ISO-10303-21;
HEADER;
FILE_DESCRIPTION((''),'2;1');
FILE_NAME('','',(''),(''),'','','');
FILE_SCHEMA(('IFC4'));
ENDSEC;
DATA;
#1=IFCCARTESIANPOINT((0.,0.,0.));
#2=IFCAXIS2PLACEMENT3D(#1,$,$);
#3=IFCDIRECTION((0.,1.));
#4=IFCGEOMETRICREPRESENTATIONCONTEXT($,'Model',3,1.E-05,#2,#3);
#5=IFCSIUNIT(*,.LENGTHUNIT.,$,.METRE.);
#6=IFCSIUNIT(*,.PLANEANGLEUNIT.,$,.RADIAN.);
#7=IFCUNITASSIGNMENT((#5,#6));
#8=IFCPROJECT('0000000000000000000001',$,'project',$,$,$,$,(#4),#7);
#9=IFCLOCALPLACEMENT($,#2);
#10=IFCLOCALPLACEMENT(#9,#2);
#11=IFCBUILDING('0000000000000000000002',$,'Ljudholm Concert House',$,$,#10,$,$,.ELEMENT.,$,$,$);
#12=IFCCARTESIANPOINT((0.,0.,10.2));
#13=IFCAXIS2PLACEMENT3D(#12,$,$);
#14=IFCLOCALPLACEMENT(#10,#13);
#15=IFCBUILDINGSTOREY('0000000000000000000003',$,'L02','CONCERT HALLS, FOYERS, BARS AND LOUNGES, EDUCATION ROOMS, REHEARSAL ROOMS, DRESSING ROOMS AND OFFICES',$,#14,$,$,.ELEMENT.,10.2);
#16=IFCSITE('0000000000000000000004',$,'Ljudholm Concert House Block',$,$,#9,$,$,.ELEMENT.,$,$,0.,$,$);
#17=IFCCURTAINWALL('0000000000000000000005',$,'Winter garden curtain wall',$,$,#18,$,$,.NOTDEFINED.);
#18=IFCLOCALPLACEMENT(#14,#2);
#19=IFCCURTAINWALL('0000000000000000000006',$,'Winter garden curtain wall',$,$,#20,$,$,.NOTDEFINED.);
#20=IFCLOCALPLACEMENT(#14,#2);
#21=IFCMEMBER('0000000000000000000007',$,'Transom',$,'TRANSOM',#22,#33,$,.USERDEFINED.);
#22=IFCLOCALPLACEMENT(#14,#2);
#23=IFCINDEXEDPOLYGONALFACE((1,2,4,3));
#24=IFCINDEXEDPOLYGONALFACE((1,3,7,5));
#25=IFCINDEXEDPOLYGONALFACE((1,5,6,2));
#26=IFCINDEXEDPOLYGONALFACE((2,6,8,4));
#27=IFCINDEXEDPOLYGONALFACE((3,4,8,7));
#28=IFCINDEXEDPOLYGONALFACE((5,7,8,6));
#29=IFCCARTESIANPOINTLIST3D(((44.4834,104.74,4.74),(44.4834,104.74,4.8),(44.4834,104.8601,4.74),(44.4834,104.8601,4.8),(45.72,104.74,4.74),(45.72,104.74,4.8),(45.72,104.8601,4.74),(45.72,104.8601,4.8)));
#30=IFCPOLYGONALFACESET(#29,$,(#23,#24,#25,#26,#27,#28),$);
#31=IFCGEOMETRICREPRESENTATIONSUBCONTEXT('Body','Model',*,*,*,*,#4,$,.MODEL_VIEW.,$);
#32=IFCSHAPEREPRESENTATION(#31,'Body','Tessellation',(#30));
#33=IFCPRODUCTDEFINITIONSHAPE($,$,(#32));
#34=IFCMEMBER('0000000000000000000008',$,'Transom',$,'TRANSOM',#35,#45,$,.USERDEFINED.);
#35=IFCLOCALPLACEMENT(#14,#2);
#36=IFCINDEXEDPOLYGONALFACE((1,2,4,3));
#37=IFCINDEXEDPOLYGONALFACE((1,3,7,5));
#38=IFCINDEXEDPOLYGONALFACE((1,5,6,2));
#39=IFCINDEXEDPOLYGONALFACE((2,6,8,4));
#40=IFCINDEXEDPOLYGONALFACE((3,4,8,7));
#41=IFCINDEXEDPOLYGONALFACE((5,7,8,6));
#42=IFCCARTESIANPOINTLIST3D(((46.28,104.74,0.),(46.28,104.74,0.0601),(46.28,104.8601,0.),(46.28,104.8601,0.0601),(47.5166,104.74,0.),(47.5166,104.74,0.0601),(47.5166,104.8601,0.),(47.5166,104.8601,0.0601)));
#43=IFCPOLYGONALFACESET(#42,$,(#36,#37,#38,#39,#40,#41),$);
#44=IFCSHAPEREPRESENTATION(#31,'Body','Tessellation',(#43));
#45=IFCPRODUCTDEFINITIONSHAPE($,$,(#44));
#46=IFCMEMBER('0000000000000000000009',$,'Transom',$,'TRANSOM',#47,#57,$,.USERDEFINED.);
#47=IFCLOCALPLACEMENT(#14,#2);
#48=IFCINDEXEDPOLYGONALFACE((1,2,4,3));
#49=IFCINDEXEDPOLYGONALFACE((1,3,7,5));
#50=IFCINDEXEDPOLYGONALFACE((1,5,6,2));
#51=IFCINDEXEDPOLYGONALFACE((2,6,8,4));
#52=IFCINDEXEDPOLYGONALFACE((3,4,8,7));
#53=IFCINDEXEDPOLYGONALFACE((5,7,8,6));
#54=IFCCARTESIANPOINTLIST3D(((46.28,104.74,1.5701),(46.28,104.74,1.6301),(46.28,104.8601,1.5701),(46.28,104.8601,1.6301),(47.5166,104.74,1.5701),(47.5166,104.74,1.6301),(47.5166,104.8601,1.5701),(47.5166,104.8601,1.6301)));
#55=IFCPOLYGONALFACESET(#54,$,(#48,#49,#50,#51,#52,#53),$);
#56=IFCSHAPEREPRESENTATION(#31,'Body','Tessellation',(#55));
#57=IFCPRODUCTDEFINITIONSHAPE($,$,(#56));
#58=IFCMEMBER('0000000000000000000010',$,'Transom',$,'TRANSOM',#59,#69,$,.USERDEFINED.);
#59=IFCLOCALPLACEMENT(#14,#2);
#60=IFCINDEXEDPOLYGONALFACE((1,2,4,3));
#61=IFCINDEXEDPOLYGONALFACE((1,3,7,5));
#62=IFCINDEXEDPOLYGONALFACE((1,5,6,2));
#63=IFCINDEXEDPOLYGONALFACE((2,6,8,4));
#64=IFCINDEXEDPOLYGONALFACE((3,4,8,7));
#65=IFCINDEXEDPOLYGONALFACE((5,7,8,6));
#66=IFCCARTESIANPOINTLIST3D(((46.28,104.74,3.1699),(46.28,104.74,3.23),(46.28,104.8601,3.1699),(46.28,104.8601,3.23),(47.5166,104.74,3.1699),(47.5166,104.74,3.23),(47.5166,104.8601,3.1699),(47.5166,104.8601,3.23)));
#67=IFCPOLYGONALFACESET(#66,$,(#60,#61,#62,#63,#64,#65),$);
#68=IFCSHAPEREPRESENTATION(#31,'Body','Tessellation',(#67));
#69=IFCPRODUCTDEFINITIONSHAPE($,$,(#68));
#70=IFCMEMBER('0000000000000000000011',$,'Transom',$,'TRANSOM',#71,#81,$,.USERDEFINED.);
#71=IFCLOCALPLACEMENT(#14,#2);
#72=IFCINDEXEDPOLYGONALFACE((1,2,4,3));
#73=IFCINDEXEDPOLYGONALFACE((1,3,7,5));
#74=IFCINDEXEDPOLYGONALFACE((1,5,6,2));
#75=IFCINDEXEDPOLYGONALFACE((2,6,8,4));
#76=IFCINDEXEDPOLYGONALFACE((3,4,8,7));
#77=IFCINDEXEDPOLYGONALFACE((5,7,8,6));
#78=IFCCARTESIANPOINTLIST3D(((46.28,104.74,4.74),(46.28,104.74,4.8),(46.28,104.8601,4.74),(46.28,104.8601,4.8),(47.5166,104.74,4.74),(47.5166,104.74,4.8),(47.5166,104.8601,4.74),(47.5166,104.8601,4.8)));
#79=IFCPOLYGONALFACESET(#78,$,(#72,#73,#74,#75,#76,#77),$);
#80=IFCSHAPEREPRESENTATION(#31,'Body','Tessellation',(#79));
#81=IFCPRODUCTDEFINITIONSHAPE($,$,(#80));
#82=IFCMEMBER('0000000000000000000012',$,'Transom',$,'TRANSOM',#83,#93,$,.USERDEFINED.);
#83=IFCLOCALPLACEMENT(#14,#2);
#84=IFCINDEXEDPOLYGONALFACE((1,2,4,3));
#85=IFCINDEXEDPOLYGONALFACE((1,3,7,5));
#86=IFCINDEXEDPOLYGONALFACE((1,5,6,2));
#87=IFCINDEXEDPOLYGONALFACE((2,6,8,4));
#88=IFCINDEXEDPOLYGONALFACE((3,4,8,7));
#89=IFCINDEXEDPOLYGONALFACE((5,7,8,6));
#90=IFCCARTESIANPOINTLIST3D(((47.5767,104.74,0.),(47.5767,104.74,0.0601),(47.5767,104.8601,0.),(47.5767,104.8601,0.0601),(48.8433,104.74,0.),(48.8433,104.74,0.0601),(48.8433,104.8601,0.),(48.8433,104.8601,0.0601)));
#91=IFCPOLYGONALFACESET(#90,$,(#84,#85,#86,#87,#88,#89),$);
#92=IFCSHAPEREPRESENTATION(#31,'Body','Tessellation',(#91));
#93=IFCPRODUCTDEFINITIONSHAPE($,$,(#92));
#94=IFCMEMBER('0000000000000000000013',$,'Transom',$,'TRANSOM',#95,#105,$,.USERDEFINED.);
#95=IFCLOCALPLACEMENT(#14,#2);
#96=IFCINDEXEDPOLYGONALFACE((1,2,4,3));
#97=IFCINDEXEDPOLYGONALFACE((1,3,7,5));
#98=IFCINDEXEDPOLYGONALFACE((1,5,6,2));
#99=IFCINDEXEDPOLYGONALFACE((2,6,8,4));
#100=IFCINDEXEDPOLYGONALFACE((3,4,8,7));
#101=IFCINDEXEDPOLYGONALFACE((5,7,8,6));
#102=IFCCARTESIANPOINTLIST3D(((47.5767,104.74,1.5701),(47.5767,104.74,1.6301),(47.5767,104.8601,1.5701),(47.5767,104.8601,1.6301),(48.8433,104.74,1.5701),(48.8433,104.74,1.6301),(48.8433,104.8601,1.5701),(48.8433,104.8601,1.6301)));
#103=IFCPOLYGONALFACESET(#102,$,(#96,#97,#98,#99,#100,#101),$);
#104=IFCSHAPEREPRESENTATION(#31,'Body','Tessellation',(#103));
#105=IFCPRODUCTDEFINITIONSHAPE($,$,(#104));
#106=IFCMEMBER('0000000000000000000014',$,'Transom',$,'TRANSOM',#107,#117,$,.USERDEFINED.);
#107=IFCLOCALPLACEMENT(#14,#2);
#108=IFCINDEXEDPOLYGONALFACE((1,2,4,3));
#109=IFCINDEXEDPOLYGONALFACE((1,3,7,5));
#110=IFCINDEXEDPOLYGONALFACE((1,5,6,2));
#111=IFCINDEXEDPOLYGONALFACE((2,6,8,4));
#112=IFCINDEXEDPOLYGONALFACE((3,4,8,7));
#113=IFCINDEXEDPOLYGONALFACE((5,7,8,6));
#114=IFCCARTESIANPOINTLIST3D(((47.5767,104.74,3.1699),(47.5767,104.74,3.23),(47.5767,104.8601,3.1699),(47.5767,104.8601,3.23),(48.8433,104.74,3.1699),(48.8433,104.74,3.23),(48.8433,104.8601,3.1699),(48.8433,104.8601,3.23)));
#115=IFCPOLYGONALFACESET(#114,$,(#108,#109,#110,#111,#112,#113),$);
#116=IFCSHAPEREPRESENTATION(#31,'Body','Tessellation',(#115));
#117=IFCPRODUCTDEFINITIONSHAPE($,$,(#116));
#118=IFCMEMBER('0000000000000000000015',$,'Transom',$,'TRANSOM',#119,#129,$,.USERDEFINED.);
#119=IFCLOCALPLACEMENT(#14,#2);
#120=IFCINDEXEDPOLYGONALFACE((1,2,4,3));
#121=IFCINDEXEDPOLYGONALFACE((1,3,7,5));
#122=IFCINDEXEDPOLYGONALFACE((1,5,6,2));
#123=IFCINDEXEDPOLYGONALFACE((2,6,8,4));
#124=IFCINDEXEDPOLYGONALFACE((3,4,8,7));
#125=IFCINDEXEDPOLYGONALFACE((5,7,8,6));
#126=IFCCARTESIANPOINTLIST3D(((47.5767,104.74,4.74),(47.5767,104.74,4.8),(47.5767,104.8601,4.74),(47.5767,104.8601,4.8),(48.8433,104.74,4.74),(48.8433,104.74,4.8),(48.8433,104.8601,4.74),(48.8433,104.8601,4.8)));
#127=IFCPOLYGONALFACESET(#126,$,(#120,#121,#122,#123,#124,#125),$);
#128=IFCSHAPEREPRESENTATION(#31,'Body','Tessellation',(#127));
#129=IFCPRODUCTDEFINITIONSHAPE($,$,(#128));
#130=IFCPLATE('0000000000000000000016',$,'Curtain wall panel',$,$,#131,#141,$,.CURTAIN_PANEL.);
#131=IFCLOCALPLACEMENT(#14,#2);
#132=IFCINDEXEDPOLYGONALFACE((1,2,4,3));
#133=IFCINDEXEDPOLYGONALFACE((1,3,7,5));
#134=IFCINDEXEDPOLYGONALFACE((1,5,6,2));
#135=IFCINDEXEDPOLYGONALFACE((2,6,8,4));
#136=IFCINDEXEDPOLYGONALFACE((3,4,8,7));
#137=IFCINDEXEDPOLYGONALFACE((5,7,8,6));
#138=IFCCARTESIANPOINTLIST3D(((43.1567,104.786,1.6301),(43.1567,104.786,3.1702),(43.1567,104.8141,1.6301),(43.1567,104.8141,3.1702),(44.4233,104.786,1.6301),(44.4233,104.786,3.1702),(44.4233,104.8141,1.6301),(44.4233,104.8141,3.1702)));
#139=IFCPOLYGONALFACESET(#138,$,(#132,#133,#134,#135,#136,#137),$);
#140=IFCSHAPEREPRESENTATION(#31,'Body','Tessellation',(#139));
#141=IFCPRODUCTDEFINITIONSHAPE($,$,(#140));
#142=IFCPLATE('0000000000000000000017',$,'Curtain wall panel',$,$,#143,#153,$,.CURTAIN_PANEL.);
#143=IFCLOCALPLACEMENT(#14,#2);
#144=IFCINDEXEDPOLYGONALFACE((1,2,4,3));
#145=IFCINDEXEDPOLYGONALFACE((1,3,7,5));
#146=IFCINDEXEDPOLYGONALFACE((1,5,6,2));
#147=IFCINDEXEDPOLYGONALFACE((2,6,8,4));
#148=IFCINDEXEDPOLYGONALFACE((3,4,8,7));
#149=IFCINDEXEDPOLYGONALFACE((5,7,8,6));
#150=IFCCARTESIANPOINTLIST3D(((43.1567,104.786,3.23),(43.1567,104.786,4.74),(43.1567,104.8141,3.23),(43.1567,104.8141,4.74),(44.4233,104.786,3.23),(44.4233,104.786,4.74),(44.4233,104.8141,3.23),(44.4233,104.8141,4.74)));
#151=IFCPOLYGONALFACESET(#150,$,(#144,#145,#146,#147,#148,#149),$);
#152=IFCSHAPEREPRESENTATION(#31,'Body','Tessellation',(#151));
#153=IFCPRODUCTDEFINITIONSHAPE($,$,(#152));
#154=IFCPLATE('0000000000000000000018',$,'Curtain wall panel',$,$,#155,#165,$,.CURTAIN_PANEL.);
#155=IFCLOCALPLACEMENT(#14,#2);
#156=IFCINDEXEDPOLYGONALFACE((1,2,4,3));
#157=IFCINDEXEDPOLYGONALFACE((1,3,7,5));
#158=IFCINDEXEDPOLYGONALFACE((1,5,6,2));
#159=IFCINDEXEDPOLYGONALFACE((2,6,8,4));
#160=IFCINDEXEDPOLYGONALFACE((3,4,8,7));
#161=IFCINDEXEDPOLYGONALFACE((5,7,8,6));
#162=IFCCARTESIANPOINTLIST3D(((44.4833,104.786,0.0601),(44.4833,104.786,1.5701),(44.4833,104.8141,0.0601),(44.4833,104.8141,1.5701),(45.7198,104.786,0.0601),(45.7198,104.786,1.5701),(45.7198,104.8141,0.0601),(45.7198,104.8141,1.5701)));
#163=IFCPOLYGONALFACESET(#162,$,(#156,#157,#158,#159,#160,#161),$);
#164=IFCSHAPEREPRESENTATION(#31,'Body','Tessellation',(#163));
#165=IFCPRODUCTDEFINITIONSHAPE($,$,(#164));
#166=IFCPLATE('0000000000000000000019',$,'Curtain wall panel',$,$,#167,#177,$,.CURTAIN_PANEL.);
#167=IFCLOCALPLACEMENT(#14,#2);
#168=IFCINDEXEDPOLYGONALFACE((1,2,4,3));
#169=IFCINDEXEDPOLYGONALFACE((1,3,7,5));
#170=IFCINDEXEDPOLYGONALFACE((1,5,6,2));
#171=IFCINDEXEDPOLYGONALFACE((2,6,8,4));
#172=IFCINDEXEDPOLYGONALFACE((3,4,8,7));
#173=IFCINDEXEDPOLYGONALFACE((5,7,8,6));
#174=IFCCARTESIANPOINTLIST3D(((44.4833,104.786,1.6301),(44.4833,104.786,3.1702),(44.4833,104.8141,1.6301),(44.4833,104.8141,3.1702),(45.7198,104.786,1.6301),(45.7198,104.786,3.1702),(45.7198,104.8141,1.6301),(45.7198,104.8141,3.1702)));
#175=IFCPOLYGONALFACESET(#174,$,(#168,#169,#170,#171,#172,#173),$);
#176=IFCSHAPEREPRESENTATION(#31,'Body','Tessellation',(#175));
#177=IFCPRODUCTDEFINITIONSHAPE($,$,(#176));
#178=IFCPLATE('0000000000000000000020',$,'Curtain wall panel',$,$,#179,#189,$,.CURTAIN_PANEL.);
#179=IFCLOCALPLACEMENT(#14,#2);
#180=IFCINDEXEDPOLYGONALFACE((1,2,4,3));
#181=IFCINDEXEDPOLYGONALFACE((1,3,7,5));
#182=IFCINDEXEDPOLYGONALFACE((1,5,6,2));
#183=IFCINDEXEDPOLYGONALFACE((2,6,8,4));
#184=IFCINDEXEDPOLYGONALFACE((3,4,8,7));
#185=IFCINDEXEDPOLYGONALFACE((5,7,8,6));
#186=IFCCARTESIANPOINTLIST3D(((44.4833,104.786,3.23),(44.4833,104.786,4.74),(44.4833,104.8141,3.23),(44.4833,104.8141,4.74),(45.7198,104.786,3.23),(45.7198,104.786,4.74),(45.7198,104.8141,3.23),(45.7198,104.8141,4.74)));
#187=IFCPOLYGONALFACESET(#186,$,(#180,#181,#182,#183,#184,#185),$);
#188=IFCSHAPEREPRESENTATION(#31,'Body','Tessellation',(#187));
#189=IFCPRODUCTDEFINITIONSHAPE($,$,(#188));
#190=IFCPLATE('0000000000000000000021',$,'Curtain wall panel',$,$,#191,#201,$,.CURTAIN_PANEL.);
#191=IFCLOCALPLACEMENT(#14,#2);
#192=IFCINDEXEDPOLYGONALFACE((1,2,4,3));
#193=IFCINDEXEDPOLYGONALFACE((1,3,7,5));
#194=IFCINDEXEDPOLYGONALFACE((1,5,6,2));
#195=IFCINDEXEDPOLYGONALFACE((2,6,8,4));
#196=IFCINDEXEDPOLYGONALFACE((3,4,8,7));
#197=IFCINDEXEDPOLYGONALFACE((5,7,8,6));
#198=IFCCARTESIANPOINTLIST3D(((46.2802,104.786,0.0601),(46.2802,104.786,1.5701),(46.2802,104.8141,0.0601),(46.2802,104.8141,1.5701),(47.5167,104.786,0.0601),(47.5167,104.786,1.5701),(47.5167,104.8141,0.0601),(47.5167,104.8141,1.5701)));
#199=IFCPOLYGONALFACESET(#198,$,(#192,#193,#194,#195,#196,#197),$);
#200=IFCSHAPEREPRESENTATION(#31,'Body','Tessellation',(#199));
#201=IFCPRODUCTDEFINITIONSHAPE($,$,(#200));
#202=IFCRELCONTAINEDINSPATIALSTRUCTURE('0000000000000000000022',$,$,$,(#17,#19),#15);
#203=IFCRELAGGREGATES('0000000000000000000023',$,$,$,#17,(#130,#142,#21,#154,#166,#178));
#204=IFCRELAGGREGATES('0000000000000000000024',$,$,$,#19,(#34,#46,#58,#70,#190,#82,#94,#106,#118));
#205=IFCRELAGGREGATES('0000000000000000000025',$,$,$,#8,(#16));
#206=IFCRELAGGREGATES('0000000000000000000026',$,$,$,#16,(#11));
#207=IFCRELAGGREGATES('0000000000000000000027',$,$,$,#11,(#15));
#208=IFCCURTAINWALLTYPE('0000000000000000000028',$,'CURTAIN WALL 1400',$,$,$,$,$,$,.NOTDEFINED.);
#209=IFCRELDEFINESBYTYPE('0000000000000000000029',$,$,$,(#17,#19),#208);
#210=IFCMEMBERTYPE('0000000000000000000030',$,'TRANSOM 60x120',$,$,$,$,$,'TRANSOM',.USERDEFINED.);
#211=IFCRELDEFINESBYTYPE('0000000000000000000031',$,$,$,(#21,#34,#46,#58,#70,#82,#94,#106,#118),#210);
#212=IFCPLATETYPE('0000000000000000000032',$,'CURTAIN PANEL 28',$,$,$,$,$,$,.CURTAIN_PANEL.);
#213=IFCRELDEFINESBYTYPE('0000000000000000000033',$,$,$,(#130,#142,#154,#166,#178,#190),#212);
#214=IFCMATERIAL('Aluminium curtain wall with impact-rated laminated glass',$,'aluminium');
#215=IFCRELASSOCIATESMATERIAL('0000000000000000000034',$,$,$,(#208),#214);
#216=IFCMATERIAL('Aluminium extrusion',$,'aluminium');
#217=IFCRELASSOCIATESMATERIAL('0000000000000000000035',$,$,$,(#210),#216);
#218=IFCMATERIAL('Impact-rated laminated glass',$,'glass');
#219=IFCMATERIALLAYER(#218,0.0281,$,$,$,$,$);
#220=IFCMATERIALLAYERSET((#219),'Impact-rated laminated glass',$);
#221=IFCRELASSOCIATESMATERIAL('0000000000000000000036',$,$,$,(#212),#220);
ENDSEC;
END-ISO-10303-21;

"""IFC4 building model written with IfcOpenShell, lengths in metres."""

from ifc_helpers import new_model, si_unit, direction, frame, origin, origin_2d, place, context, subcontext, project, spatial, rectangle, extrude, material, layer, layer_set, material_profile, profile_set, type_object, element, aggregate, save


model = new_model("IFC4")

# Units and contexts
model_context = context("Model", 3, precision=1e-05, world=origin(), true_north=direction((0.0, 1.0)))
body_context = subcontext(model_context, "Body", "Model", "MODEL_VIEW")
ifc_project = project(units=[si_unit("LENGTHUNIT", "METRE"), si_unit("PLANEANGLEUNIT", "RADIAN")], contexts=[model_context])

# Site, building, storey
site_placement = place(None, origin())
site = spatial("IfcSite", under=ifc_project, at=site_placement, Name="Ljudholm Concert House Block", CompositionType="ELEMENT", RefElevation=0.0)
building_placement = place(site_placement, origin())
building = spatial("IfcBuilding", under=site, at=building_placement, Name="Ljudholm Concert House", CompositionType="ELEMENT")
storey_placement = place(building_placement, frame((0.0, 0.0, 10.2)))
storey = spatial("IfcBuildingStorey", under=building, at=storey_placement, Name="L02", Description="CONCERT HALLS, FOYERS, BARS AND LOUNGES, EDUCATION ROOMS, REHEARSAL ROOMS, DRESSING ROOMS AND OFFICES", CompositionType="ELEMENT", Elevation=10.2)

# Curtain walls
ifc_material_1 = material(Name="Aluminium curtain wall with impact-rated laminated glass", Category="aluminium")
curtain_wall_type = type_object("IfcCurtainWallType", Name="CURTAIN WALL 1400", PredefinedType="NOTDEFINED", material=ifc_material_1)
curtain_wall_1_placement = place(storey_placement, origin())
curtain_wall_1 = element("IfcCurtainWall", 1, at=curtain_wall_1_placement, inside=storey, type_object=curtain_wall_type, Name="Winter garden curtain wall", PredefinedType="NOTDEFINED")
curtain_wall_2_placement = place(storey_placement, origin())
curtain_wall_2 = element("IfcCurtainWall", 2, at=curtain_wall_2_placement, inside=storey, type_object=curtain_wall_type, Name="Winter garden curtain wall", PredefinedType="NOTDEFINED")

# Members
ifc_material_2 = material(Name="Aluminium extrusion", Category="aluminium")
ifc_material_profile_1 = material_profile(ifc_material_2, rectangle(XDim=0.1201, YDim=0.0601, at=origin_2d()), Name="TRANSOM 60x120")
ifc_profile_set_1 = profile_set([ifc_material_profile_1], Name="Aluminium extrusion")
member_type_1 = type_object("IfcMemberType", Name="TRANSOM 60x120", ElementType="TRANSOM", PredefinedType="USERDEFINED", material=ifc_profile_set_1)
member_1_placement = place(storey_placement, frame((44.4834, 104.8, 4.77), z_axis=(1.0, 0.0, 0.0), x_axis=(0.0, 1.0, 0.0)))
member_1 = element("IfcMember", 3, at=member_1_placement, type_object=member_type_1, Name="Transom", ObjectType="TRANSOM", PredefinedType="USERDEFINED", context=body_context, shape_type="SweptSolid", body=[
    extrude(rectangle(XDim=0.1201, YDim=0.0601, at=origin_2d()), origin(), (0.0, 0.0, 1.0), 1.2366),
])
member_2_placement = place(storey_placement, frame((46.28, 104.8, 0.03), z_axis=(1.0, 0.0, 0.0), x_axis=(0.0, 1.0, 0.0)))
member_2 = element("IfcMember", 4, at=member_2_placement, type_object=member_type_1, Name="Transom", ObjectType="TRANSOM", PredefinedType="USERDEFINED", context=body_context, shape_type="SweptSolid", body=[
    extrude(rectangle(XDim=0.1201, YDim=0.0601, at=origin_2d()), origin(), (0.0, 0.0, 1.0), 1.2366),
])
member_3_placement = place(storey_placement, frame((46.28, 104.8, 1.6001), z_axis=(1.0, 0.0, 0.0), x_axis=(0.0, 1.0, 0.0)))
member_3 = element("IfcMember", 5, at=member_3_placement, type_object=member_type_1, Name="Transom", ObjectType="TRANSOM", PredefinedType="USERDEFINED", context=body_context, shape_type="SweptSolid", body=[
    extrude(rectangle(XDim=0.1201, YDim=0.0601, at=origin_2d()), origin(), (0.0, 0.0, 1.0), 1.2366),
])
member_4_placement = place(storey_placement, frame((46.28, 104.8, 3.2), z_axis=(1.0, 0.0, 0.0), x_axis=(0.0, 1.0, 0.0)))
member_4 = element("IfcMember", 6, at=member_4_placement, type_object=member_type_1, Name="Transom", ObjectType="TRANSOM", PredefinedType="USERDEFINED", context=body_context, shape_type="SweptSolid", body=[
    extrude(rectangle(XDim=0.1201, YDim=0.0601, at=origin_2d()), origin(), (0.0, 0.0, 1.0), 1.2366),
])
member_5_placement = place(storey_placement, frame((46.28, 104.8, 4.77), z_axis=(1.0, 0.0, 0.0), x_axis=(0.0, 1.0, 0.0)))
member_5 = element("IfcMember", 7, at=member_5_placement, type_object=member_type_1, Name="Transom", ObjectType="TRANSOM", PredefinedType="USERDEFINED", context=body_context, shape_type="SweptSolid", body=[
    extrude(rectangle(XDim=0.1201, YDim=0.0601, at=origin_2d()), origin(), (0.0, 0.0, 1.0), 1.2366),
])
member_6_placement = place(storey_placement, frame((47.5767, 104.8, 0.03), z_axis=(1.0, 0.0, 0.0), x_axis=(0.0, 1.0, 0.0)))
member_6 = element("IfcMember", 8, at=member_6_placement, type_object=member_type_1, Name="Transom", ObjectType="TRANSOM", PredefinedType="USERDEFINED", context=body_context, shape_type="SweptSolid", body=[
    extrude(rectangle(XDim=0.1201, YDim=0.0601, at=origin_2d()), origin(), (0.0, 0.0, 1.0), 1.2666),
])
member_7_placement = place(storey_placement, frame((47.5767, 104.8, 1.6001), z_axis=(1.0, 0.0, 0.0), x_axis=(0.0, 1.0, 0.0)))
member_7 = element("IfcMember", 9, at=member_7_placement, type_object=member_type_1, Name="Transom", ObjectType="TRANSOM", PredefinedType="USERDEFINED", context=body_context, shape_type="SweptSolid", body=[
    extrude(rectangle(XDim=0.1201, YDim=0.0601, at=origin_2d()), origin(), (0.0, 0.0, 1.0), 1.2666),
])
member_8_placement = place(storey_placement, frame((47.5767, 104.8, 3.2), z_axis=(1.0, 0.0, 0.0), x_axis=(0.0, 1.0, 0.0)))
member_8 = element("IfcMember", 10, at=member_8_placement, type_object=member_type_1, Name="Transom", ObjectType="TRANSOM", PredefinedType="USERDEFINED", context=body_context, shape_type="SweptSolid", body=[
    extrude(rectangle(XDim=0.1201, YDim=0.0601, at=origin_2d()), origin(), (0.0, 0.0, 1.0), 1.2666),
])
member_9_placement = place(storey_placement, frame((47.5767, 104.8, 4.77), z_axis=(1.0, 0.0, 0.0), x_axis=(0.0, 1.0, 0.0)))
member_9 = element("IfcMember", 11, at=member_9_placement, type_object=member_type_1, Name="Transom", ObjectType="TRANSOM", PredefinedType="USERDEFINED", context=body_context, shape_type="SweptSolid", body=[
    extrude(rectangle(XDim=0.1201, YDim=0.0601, at=origin_2d()), origin(), (0.0, 0.0, 1.0), 1.2666),
])

# Plates
ifc_material_3 = material(Name="Impact-rated laminated glass", Category="glass")
ifc_layer = layer(ifc_material_3, 0.0281)
ifc_layer_set = layer_set([ifc_layer], Name="Impact-rated laminated glass")
plate_type = type_object("IfcPlateType", Name="CURTAIN PANEL 28", PredefinedType="CURTAIN_PANEL", material=ifc_layer_set)
plate_1_placement = place(storey_placement, frame((43.79, 104.8, 1.6301), z_axis=(0.0, 0.0, 1.0), x_axis=(1.0, 0.0, 0.0)))
plate_1 = element("IfcPlate", 12, at=plate_1_placement, type_object=plate_type, Name="Curtain wall panel", PredefinedType="CURTAIN_PANEL", context=body_context, shape_type="SweptSolid", body=[
    extrude(rectangle(XDim=1.2666, YDim=0.0281, at=origin_2d()), origin(), (0.0, 0.0, 1.0), 1.54),
])
plate_2_placement = place(storey_placement, frame((43.79, 104.8, 3.23), z_axis=(0.0, 0.0, 1.0), x_axis=(1.0, 0.0, 0.0)))
plate_2 = element("IfcPlate", 13, at=plate_2_placement, type_object=plate_type, Name="Curtain wall panel", PredefinedType="CURTAIN_PANEL", context=body_context, shape_type="SweptSolid", body=[
    extrude(rectangle(XDim=1.2666, YDim=0.0281, at=origin_2d()), origin(), (0.0, 0.0, 1.0), 1.51),
])
plate_3_placement = place(storey_placement, frame((45.1016, 104.8, 0.0601), z_axis=(0.0, 0.0, 1.0), x_axis=(1.0, 0.0, 0.0)))
plate_3 = element("IfcPlate", 14, at=plate_3_placement, type_object=plate_type, Name="Curtain wall panel", PredefinedType="CURTAIN_PANEL", context=body_context, shape_type="SweptSolid", body=[
    extrude(rectangle(XDim=1.2366, YDim=0.0281, at=origin_2d()), origin(), (0.0, 0.0, 1.0), 1.51),
])
plate_4_placement = place(storey_placement, frame((45.1016, 104.8, 1.6301), z_axis=(0.0, 0.0, 1.0), x_axis=(1.0, 0.0, 0.0)))
plate_4 = element("IfcPlate", 15, at=plate_4_placement, type_object=plate_type, Name="Curtain wall panel", PredefinedType="CURTAIN_PANEL", context=body_context, shape_type="SweptSolid", body=[
    extrude(rectangle(XDim=1.2366, YDim=0.0281, at=origin_2d()), origin(), (0.0, 0.0, 1.0), 1.54),
])
plate_5_placement = place(storey_placement, frame((45.1016, 104.8, 3.23), z_axis=(0.0, 0.0, 1.0), x_axis=(1.0, 0.0, 0.0)))
plate_5 = element("IfcPlate", 16, at=plate_5_placement, type_object=plate_type, Name="Curtain wall panel", PredefinedType="CURTAIN_PANEL", context=body_context, shape_type="SweptSolid", body=[
    extrude(rectangle(XDim=1.2366, YDim=0.0281, at=origin_2d()), origin(), (0.0, 0.0, 1.0), 1.51),
])
aggregate(curtain_wall_1, [plate_1, plate_2, member_1, plate_3, plate_4, plate_5])
plate_6_placement = place(storey_placement, frame((46.8984, 104.8, 0.0601), z_axis=(0.0, 0.0, 1.0), x_axis=(1.0, 0.0, 0.0)))
plate_6 = element("IfcPlate", 17, at=plate_6_placement, type_object=plate_type, Name="Curtain wall panel", PredefinedType="CURTAIN_PANEL", context=body_context, shape_type="SweptSolid", body=[
    extrude(rectangle(XDim=1.2366, YDim=0.0281, at=origin_2d()), origin(), (0.0, 0.0, 1.0), 1.51),
])
aggregate(curtain_wall_2, [member_2, member_3, member_4, member_5, plate_6, member_6, member_7, member_8, member_9])

save(model, "model.ifc")
